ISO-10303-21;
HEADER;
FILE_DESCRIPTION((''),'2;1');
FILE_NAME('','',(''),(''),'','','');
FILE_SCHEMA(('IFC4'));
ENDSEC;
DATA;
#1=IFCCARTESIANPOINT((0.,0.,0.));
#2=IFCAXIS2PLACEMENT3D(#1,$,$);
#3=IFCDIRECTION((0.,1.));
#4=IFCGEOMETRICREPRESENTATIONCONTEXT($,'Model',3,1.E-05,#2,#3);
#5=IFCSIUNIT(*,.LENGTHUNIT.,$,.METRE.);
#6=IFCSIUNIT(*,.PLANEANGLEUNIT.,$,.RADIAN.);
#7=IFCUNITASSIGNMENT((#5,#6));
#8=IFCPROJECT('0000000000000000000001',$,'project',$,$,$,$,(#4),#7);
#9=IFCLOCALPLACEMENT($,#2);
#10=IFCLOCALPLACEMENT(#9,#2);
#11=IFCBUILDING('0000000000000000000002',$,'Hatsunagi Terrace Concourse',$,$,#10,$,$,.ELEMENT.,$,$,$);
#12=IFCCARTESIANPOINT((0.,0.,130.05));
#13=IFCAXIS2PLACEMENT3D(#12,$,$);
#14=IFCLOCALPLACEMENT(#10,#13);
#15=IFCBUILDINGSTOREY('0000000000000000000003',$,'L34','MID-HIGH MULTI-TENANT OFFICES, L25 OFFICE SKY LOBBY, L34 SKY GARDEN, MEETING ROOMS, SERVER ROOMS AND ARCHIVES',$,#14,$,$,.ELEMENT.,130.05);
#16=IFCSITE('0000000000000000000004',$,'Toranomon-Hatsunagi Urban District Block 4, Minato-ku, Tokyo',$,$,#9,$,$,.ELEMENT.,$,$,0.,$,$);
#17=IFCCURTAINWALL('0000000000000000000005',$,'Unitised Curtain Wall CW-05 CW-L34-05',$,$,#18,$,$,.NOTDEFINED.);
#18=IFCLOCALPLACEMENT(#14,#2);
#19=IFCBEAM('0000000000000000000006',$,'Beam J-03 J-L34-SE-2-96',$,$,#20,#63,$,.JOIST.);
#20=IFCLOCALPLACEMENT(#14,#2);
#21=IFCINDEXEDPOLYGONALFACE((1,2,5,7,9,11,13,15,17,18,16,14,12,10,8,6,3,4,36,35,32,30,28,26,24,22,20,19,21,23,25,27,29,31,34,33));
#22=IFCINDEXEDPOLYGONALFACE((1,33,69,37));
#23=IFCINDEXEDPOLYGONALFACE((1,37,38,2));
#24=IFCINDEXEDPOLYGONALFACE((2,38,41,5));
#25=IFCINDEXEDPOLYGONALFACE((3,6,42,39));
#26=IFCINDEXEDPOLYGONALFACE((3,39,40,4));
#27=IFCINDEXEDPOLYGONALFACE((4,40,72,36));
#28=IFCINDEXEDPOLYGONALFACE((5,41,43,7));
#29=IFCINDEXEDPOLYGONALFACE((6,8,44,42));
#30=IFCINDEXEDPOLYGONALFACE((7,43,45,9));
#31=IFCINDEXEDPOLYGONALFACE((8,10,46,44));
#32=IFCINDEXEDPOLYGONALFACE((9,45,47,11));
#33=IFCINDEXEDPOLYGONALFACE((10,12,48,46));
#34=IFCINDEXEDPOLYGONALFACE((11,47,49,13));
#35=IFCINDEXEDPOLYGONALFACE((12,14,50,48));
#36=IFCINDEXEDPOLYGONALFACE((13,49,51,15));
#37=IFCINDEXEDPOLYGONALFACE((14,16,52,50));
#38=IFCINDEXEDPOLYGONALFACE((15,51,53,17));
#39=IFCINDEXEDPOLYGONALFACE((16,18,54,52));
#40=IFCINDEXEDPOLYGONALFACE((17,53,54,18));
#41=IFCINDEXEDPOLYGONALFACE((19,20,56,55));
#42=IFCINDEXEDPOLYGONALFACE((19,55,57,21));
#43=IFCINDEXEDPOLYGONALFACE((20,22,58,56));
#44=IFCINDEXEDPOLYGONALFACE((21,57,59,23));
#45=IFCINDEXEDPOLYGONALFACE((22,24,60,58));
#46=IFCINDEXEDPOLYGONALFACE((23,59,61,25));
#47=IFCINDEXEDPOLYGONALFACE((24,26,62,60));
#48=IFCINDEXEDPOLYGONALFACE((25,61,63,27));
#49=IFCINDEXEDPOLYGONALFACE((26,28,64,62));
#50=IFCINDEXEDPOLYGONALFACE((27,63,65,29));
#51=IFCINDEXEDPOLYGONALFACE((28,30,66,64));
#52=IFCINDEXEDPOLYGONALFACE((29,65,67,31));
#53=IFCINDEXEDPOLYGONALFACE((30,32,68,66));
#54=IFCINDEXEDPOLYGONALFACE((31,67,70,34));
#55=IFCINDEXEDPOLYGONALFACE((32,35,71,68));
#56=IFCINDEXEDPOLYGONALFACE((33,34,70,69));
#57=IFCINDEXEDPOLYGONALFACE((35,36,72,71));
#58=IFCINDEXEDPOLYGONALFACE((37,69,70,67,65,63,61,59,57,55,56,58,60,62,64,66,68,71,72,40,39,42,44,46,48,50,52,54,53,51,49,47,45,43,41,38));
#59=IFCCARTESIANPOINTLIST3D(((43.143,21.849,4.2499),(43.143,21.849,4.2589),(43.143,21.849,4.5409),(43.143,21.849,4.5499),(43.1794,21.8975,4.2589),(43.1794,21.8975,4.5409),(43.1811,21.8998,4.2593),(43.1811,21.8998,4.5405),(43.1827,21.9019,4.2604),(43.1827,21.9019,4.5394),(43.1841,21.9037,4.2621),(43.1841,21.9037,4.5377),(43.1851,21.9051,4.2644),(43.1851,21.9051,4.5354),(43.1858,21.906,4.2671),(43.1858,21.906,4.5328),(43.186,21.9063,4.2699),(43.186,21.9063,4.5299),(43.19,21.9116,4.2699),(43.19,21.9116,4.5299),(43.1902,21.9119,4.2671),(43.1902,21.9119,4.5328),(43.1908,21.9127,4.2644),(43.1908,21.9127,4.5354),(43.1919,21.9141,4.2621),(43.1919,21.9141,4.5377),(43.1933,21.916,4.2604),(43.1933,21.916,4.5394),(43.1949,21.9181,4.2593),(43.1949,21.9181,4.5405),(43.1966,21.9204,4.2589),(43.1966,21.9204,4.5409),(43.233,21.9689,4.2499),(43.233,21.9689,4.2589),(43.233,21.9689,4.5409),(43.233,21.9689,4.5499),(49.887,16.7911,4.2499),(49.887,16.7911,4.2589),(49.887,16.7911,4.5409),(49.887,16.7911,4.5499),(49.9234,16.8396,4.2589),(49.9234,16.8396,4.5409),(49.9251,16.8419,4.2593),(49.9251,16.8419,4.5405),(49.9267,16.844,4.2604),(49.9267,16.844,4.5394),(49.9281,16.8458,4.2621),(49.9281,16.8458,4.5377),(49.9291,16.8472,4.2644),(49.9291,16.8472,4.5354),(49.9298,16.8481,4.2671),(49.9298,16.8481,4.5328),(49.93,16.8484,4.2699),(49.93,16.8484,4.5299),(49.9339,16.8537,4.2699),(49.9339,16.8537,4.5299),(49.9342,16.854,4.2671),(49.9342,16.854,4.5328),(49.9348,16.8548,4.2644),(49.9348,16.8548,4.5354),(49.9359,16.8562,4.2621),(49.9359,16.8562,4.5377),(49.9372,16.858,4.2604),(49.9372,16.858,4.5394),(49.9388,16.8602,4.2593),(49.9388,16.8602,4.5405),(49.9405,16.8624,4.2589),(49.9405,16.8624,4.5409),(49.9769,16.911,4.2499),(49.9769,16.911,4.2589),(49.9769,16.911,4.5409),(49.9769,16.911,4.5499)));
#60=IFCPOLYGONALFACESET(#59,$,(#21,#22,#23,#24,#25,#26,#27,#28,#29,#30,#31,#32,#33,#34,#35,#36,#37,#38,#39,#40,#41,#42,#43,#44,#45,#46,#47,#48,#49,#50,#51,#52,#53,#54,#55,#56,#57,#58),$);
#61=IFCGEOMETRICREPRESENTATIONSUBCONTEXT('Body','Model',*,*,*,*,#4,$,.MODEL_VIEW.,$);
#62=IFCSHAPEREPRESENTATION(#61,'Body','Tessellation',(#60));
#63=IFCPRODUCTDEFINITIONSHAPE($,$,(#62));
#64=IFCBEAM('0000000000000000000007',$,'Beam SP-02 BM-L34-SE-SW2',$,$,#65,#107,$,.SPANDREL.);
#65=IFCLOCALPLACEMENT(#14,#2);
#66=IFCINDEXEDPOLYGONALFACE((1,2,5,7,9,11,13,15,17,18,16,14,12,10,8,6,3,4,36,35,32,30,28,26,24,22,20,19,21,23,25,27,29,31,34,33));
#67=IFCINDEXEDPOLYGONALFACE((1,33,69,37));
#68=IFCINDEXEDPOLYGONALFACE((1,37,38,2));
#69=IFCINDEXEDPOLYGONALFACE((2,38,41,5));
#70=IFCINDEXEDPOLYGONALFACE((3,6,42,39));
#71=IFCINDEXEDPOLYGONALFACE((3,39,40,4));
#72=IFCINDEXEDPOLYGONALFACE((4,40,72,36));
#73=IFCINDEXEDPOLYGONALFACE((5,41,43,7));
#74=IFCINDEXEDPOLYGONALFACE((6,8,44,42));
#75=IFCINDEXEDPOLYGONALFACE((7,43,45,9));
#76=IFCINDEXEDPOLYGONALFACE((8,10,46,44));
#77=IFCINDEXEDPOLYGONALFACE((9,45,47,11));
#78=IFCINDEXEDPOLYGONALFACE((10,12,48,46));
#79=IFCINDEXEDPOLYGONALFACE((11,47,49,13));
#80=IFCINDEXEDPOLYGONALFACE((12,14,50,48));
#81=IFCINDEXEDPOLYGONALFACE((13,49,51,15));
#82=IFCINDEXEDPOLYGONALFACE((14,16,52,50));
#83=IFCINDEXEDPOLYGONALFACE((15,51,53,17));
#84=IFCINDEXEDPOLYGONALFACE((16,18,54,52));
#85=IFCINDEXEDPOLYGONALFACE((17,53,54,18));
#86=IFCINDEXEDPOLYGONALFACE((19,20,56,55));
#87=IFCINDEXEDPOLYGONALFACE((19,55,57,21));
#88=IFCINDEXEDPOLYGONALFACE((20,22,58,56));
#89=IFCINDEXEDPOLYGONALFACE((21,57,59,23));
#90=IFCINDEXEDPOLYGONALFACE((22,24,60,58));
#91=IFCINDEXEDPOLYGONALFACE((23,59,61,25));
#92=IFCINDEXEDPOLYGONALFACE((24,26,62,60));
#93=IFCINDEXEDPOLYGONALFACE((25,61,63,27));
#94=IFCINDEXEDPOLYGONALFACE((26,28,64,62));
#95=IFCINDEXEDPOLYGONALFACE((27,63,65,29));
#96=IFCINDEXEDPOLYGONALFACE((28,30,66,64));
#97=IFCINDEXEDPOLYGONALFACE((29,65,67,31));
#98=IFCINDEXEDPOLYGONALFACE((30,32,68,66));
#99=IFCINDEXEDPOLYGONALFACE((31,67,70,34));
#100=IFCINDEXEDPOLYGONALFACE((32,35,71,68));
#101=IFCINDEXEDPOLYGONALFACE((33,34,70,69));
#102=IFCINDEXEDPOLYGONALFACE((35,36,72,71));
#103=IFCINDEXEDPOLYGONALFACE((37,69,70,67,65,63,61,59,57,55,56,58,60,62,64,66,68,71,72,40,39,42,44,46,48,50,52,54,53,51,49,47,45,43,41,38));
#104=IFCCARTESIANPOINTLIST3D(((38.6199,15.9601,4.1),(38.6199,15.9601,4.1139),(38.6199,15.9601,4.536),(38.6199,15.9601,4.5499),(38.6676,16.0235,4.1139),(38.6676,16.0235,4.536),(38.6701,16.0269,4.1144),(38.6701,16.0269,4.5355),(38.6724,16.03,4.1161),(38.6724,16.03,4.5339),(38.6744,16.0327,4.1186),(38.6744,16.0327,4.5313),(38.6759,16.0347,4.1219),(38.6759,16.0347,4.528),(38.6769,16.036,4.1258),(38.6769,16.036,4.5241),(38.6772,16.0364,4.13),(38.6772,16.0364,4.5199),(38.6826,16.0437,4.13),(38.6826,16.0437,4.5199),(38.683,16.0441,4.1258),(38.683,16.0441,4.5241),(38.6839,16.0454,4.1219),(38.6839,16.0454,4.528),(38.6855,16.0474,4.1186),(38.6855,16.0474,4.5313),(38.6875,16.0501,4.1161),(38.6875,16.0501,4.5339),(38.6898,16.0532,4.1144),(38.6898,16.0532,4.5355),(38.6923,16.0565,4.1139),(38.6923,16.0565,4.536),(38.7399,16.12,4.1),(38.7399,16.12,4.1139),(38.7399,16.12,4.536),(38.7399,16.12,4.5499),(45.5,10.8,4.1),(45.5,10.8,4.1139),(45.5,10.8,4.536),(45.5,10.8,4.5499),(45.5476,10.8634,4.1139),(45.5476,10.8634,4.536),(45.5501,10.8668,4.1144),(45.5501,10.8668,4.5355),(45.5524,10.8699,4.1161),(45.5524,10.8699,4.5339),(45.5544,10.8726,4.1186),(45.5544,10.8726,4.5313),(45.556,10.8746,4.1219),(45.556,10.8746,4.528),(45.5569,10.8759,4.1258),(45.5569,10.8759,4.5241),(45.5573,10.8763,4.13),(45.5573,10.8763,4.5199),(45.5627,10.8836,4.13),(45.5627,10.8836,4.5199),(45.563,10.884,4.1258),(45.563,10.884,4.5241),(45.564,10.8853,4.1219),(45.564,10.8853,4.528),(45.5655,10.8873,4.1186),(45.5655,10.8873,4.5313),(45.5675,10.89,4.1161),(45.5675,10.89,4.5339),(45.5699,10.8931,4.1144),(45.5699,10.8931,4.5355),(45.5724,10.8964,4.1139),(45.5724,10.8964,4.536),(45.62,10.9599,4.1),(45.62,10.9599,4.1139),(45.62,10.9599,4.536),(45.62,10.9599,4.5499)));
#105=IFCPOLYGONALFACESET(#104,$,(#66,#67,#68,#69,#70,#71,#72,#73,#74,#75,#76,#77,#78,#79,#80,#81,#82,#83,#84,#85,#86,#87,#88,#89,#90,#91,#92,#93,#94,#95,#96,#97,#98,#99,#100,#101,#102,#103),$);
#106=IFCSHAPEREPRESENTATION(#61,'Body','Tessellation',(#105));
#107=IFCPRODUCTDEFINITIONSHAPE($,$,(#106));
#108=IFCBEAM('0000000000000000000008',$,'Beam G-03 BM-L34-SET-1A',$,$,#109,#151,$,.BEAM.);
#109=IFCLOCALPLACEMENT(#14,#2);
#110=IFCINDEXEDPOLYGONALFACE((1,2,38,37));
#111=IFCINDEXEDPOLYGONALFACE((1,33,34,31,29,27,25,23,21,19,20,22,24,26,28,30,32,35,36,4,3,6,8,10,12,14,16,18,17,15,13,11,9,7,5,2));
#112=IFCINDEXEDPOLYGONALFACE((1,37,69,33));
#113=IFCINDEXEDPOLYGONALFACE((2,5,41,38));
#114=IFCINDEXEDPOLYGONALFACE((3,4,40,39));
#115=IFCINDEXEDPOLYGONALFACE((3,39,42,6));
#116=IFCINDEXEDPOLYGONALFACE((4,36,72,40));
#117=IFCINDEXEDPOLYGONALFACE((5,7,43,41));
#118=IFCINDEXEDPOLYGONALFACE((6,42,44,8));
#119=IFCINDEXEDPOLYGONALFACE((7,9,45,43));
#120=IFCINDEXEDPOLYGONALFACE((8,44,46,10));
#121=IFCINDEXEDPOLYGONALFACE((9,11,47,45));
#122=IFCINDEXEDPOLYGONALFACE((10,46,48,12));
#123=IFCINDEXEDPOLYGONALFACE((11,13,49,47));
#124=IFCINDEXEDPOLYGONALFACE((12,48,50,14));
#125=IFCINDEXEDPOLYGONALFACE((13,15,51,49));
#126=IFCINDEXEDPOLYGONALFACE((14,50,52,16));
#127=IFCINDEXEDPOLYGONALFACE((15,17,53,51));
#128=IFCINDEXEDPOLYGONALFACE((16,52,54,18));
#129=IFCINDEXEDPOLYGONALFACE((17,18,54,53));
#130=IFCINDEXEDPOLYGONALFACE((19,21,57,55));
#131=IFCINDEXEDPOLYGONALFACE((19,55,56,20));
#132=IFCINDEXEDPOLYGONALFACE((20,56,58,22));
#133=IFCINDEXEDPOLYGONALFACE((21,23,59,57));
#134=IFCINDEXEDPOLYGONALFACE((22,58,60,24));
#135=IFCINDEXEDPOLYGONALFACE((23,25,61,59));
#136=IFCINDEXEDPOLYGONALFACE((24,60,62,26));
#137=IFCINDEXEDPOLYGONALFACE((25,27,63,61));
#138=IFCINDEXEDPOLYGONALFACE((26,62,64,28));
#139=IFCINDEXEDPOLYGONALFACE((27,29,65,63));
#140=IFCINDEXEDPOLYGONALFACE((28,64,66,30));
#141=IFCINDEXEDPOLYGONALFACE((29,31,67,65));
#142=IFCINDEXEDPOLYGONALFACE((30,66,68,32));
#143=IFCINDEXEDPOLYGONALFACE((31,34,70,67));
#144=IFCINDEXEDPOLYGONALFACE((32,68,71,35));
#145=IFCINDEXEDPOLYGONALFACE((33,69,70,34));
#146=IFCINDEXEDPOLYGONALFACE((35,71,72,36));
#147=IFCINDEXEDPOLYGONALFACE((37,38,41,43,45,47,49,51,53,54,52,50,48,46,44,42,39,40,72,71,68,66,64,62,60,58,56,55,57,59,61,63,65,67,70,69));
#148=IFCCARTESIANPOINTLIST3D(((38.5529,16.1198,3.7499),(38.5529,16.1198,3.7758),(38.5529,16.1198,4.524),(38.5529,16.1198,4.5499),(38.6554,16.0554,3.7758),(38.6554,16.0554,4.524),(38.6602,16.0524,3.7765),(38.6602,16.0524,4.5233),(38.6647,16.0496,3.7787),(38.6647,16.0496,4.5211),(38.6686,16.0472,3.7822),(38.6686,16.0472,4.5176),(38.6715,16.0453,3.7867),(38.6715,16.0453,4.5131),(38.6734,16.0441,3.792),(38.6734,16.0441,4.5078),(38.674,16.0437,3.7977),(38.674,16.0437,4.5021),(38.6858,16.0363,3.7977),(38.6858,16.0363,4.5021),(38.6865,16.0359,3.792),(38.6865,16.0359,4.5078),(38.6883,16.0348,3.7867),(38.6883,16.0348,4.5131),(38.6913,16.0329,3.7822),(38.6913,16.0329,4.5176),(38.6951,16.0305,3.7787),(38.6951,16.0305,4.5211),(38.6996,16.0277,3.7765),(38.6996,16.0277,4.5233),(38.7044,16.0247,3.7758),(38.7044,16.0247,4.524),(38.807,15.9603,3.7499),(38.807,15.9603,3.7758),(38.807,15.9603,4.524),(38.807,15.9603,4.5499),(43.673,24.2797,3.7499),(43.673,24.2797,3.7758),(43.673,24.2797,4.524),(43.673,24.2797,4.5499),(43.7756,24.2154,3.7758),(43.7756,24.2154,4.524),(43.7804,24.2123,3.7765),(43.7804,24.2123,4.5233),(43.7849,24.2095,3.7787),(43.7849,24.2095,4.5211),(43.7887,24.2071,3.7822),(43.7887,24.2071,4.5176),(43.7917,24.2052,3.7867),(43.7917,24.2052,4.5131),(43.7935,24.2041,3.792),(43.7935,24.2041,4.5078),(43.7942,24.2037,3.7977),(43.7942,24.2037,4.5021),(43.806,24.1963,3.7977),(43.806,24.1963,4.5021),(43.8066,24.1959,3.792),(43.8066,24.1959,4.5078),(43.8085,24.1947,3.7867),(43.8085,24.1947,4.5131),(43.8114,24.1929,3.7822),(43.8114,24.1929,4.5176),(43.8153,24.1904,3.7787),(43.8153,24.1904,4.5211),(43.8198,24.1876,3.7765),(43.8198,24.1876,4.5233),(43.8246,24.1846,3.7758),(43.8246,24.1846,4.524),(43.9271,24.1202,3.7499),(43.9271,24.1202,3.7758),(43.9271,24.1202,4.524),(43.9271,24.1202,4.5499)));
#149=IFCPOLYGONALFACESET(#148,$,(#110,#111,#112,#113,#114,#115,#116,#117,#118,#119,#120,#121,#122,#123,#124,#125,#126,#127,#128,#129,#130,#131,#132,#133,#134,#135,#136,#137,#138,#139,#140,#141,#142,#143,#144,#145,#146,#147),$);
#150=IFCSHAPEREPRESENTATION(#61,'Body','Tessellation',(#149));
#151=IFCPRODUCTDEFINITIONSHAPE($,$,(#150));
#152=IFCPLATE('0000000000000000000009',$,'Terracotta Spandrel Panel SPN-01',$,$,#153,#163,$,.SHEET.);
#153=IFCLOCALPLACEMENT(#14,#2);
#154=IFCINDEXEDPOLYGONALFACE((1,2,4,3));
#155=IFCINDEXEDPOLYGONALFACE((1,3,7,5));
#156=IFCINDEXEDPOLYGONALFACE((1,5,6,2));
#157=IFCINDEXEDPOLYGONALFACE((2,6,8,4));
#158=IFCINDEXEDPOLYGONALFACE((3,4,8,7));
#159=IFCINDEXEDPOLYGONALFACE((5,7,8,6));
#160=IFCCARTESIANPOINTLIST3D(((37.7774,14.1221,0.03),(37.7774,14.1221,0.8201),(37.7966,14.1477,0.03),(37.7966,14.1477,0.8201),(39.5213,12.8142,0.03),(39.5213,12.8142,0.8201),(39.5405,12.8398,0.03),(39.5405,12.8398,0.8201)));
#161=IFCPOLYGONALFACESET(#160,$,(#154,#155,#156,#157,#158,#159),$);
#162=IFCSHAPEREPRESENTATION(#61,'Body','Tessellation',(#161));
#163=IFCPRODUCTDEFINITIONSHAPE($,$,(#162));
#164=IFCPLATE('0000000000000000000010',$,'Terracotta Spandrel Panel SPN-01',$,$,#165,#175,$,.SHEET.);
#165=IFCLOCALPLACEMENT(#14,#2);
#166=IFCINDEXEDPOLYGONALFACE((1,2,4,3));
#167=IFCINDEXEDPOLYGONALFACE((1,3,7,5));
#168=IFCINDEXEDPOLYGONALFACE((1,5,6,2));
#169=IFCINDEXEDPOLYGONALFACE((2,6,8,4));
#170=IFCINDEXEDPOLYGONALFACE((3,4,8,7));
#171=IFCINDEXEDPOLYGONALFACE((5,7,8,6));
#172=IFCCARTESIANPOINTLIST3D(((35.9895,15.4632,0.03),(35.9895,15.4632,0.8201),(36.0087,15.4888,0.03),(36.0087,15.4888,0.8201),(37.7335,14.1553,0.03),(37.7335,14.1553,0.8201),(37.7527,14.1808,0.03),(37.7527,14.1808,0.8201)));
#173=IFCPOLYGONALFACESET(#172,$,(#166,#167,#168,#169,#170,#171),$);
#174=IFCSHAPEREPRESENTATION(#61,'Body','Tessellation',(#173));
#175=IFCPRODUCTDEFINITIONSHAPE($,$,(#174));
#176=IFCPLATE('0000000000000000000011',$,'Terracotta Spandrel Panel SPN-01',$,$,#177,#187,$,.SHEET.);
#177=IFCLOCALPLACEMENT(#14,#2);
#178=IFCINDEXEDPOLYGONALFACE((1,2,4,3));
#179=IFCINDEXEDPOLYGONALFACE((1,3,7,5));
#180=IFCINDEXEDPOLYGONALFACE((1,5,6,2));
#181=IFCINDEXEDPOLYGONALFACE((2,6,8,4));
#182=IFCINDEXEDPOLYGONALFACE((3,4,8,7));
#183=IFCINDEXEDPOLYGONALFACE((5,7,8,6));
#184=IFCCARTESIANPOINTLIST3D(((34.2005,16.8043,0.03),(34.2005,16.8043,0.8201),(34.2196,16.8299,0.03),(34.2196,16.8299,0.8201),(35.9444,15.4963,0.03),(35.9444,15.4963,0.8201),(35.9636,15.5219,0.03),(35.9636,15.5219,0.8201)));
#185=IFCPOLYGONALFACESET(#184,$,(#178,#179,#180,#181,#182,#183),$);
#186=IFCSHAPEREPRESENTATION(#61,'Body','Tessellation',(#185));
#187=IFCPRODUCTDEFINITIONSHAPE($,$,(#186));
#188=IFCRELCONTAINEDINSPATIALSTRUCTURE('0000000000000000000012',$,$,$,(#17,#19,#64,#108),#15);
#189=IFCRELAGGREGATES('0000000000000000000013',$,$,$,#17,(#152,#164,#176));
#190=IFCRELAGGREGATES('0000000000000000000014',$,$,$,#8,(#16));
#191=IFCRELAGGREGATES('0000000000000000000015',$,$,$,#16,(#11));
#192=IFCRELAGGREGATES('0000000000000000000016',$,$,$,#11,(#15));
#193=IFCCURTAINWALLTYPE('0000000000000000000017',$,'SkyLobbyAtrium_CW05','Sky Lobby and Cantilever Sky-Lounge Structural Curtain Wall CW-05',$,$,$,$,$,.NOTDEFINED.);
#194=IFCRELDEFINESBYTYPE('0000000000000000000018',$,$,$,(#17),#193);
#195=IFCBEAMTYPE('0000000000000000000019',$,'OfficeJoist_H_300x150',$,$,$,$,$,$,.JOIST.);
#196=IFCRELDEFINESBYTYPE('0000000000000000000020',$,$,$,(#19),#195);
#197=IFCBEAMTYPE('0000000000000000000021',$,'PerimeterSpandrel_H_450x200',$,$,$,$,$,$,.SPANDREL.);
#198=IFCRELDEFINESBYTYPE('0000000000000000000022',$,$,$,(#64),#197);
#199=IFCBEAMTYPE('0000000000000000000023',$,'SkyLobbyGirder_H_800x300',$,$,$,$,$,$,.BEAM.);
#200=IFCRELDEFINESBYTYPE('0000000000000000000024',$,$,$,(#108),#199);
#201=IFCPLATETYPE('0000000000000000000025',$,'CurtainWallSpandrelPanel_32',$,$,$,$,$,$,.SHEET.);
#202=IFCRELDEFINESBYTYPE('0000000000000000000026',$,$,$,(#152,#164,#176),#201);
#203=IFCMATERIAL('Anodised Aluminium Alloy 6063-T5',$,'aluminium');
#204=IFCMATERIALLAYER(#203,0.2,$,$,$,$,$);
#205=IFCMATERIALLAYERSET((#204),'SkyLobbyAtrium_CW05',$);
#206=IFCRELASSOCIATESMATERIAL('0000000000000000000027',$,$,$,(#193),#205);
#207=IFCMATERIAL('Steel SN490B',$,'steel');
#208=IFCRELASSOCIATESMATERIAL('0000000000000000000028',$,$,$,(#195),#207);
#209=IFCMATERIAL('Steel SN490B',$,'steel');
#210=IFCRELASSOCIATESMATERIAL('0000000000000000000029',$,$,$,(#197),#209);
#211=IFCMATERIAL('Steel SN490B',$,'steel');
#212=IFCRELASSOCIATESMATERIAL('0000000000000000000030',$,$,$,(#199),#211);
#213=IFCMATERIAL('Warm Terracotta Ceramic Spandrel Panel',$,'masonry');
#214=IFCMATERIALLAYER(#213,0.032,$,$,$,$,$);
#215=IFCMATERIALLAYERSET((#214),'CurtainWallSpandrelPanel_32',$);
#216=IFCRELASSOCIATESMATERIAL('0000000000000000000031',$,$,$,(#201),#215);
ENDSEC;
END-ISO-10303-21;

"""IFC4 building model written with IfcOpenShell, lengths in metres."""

from ifc_helpers import new_model, si_unit, direction, frame, origin, origin_2d, place, context, subcontext, project, spatial, rectangle, i_section, extrude, material, layer, layer_set, material_profile, profile_set, type_object, element, aggregate, save


model = new_model("IFC4")

# Units and contexts
model_context = context("Model", 3, precision=1e-05, world=origin(), true_north=direction((0.0, 1.0)))
body_context = subcontext(model_context, "Body", "Model", "MODEL_VIEW")
ifc_project = project(units=[si_unit("LENGTHUNIT", "METRE"), si_unit("PLANEANGLEUNIT", "RADIAN")], contexts=[model_context])

# Site, building, storey
site_placement = place(None, origin())
site = spatial("IfcSite", under=ifc_project, at=site_placement, Name="Toranomon-Hatsunagi Urban District Block 4, Minato-ku, Tokyo", CompositionType="ELEMENT", RefElevation=0.0)
building_placement = place(site_placement, origin())
building = spatial("IfcBuilding", under=site, at=building_placement, Name="Hatsunagi Terrace Concourse", CompositionType="ELEMENT")
storey_placement = place(building_placement, frame((0.0, 0.0, 130.05)))
storey = spatial("IfcBuildingStorey", under=building, at=storey_placement, Name="L34", Description="MID-HIGH MULTI-TENANT OFFICES, L25 OFFICE SKY LOBBY, L34 SKY GARDEN, MEETING ROOMS, SERVER ROOMS AND ARCHIVES", CompositionType="ELEMENT", Elevation=130.05)

# Curtain wall
ifc_material_1 = material(Name="Anodised Aluminium Alloy 6063-T5", Category="aluminium")
ifc_layer_1 = layer(ifc_material_1, 0.2)
ifc_layer_set_1 = layer_set([ifc_layer_1], Name="SkyLobbyAtrium_CW05")
curtain_wall_type = type_object("IfcCurtainWallType", Name="SkyLobbyAtrium_CW05", Description="Sky Lobby and Cantilever Sky-Lounge Structural Curtain Wall CW-05", PredefinedType="NOTDEFINED", material=ifc_layer_set_1)
curtain_wall_placement = place(storey_placement, origin())
curtain_wall = element("IfcCurtainWall", 1, at=curtain_wall_placement, inside=storey, type_object=curtain_wall_type, Name="Unitised Curtain Wall CW-05 CW-L34-05", PredefinedType="NOTDEFINED")

# Beams
ifc_material_2 = material(Name="Steel SN490B", Category="steel")
ifc_material_profile_1 = material_profile(ifc_material_2, i_section(OverallWidth=0.1499, OverallDepth=0.3, WebThickness=0.0066, FlangeThickness=0.009, FilletRadius=0.011, at=origin_2d()), Name="H-300x150x6.5x9")
ifc_profile_set_1 = profile_set([ifc_material_profile_1], Name="Steel SN490B")
beam_type_1 = type_object("IfcBeamType", Name="OfficeJoist_H_300x150", PredefinedType="JOIST", material=ifc_profile_set_1)
for number, where, z_axis, x_axis, name in (
    (2, (43.188, 21.9089, 4.3999), (0.800003, -0.599995, 0.0), (0.599995, 0.800003, 0.0), "Beam J-03 J-L34-SE-2-96"),
):
    element("IfcBeam", number, at=place(storey_placement, frame(where, z_axis=z_axis, x_axis=x_axis)), inside=storey, type_object=beam_type_1, Name=name, PredefinedType="JOIST", context=body_context, shape_type="SweptSolid", body=[
        extrude(i_section(OverallWidth=0.1499, OverallDepth=0.3, WebThickness=0.0066, FlangeThickness=0.009, FilletRadius=0.011, at=origin_2d()), origin(), (0.0, 0.0, 1.0), 8.4299),
    ])
ifc_material_3 = material(Name="Steel SN490B", Category="steel")
ifc_material_profile_2 = material_profile(ifc_material_3, i_section(OverallWidth=0.2, OverallDepth=0.45, WebThickness=0.009, FlangeThickness=0.0139, FilletRadius=0.0161, at=origin_2d()), Name="H-450x200x9x14")
ifc_profile_set_2 = profile_set([ifc_material_profile_2], Name="Steel SN490B")
beam_type_2 = type_object("IfcBeamType", Name="PerimeterSpandrel_H_450x200", PredefinedType="SPANDREL", material=ifc_profile_set_2)
beam_1_placement = place(storey_placement, frame((38.6799, 16.04, 4.325), z_axis=(0.799997, -0.600005, 0.0), x_axis=(0.600005, 0.799997, 0.0)))
element("IfcBeam", 3, at=beam_1_placement, inside=storey, type_object=beam_type_2, Name="Beam SP-02 BM-L34-SE-SW2", PredefinedType="SPANDREL", context=body_context, shape_type="SweptSolid", body=[
    extrude(i_section(OverallWidth=0.2, OverallDepth=0.45, WebThickness=0.009, FlangeThickness=0.0139, FilletRadius=0.0161, at=origin_2d()), origin(), (0.0, 0.0, 1.0), 8.6001),
])
ifc_material_4 = material(Name="Steel SN490B", Category="steel")
ifc_material_profile_3 = material_profile(ifc_material_4, i_section(OverallWidth=0.3, OverallDepth=0.8, WebThickness=0.0139, FlangeThickness=0.0259, FilletRadius=0.022, at=origin_2d()), Name="H-800x300x14x26")
ifc_profile_set_3 = profile_set([ifc_material_profile_3], Name="Steel SN490B")
beam_type_3 = type_object("IfcBeamType", Name="SkyLobbyGirder_H_800x300", PredefinedType="BEAM", material=ifc_profile_set_3)
beam_2_placement = place(storey_placement, frame((38.6799, 16.04, 4.1499), z_axis=(0.531504, 0.847056, 0.0), x_axis=(-0.847056, 0.531504, 0.0)))
element("IfcBeam", 4, at=beam_2_placement, inside=storey, type_object=beam_type_3, Name="Beam G-03 BM-L34-SET-1A", PredefinedType="BEAM", context=body_context, shape_type="SweptSolid", body=[
    extrude(i_section(OverallWidth=0.3, OverallDepth=0.8, WebThickness=0.0139, FlangeThickness=0.0259, FilletRadius=0.022, at=origin_2d()), origin(), (0.0, 0.0, 1.0), 9.6333),
])

# Plates
ifc_material_5 = material(Name="Warm Terracotta Ceramic Spandrel Panel", Category="masonry")
ifc_layer_2 = layer(ifc_material_5, 0.032)
ifc_layer_set_2 = layer_set([ifc_layer_2], Name="CurtainWallSpandrelPanel_32")
plate_type_1 = type_object("IfcPlateType", Name="CurtainWallSpandrelPanel_32", PredefinedType="SHEET", material=ifc_layer_set_2)
plate_1_placement = place(storey_placement, frame((38.6589, 13.481, 0.03), z_axis=(0.0, 0.0, 1.0), x_axis=(-0.800005, 0.599993, 0.0)))
plate_1 = element("IfcPlate", 5, at=plate_1_placement, type_object=plate_type_1, Name="Terracotta Spandrel Panel SPN-01", PredefinedType="SHEET", context=body_context, shape_type="SweptSolid", body=[
    extrude(rectangle(XDim=2.1799, YDim=0.032, at=origin_2d()), origin(), (0.0, 0.0, 1.0), 0.79),
])
plate_2_placement = place(storey_placement, frame((36.8711, 14.822, 0.03), z_axis=(0.0, 0.0, 1.0), x_axis=(-0.800005, 0.599993, 0.0)))
plate_2 = element("IfcPlate", 6, at=plate_2_placement, type_object=plate_type_1, Name="Terracotta Spandrel Panel SPN-01", PredefinedType="SHEET", context=body_context, shape_type="SweptSolid", body=[
    extrude(rectangle(XDim=2.1799, YDim=0.032, at=origin_2d()), origin(), (0.0, 0.0, 1.0), 0.79),
])
plate_3_placement = place(storey_placement, frame((35.082, 16.1631, 0.03), z_axis=(0.0, 0.0, 1.0), x_axis=(-0.800005, 0.599993, 0.0)))
plate_3 = element("IfcPlate", 7, at=plate_3_placement, type_object=plate_type_1, Name="Terracotta Spandrel Panel SPN-01", PredefinedType="SHEET", context=body_context, shape_type="SweptSolid", body=[
    extrude(rectangle(XDim=2.1799, YDim=0.032, at=origin_2d()), origin(), (0.0, 0.0, 1.0), 0.79),
])
aggregate(curtain_wall, [plate_1, plate_2, plate_3])

save(model, "model.ifc")
